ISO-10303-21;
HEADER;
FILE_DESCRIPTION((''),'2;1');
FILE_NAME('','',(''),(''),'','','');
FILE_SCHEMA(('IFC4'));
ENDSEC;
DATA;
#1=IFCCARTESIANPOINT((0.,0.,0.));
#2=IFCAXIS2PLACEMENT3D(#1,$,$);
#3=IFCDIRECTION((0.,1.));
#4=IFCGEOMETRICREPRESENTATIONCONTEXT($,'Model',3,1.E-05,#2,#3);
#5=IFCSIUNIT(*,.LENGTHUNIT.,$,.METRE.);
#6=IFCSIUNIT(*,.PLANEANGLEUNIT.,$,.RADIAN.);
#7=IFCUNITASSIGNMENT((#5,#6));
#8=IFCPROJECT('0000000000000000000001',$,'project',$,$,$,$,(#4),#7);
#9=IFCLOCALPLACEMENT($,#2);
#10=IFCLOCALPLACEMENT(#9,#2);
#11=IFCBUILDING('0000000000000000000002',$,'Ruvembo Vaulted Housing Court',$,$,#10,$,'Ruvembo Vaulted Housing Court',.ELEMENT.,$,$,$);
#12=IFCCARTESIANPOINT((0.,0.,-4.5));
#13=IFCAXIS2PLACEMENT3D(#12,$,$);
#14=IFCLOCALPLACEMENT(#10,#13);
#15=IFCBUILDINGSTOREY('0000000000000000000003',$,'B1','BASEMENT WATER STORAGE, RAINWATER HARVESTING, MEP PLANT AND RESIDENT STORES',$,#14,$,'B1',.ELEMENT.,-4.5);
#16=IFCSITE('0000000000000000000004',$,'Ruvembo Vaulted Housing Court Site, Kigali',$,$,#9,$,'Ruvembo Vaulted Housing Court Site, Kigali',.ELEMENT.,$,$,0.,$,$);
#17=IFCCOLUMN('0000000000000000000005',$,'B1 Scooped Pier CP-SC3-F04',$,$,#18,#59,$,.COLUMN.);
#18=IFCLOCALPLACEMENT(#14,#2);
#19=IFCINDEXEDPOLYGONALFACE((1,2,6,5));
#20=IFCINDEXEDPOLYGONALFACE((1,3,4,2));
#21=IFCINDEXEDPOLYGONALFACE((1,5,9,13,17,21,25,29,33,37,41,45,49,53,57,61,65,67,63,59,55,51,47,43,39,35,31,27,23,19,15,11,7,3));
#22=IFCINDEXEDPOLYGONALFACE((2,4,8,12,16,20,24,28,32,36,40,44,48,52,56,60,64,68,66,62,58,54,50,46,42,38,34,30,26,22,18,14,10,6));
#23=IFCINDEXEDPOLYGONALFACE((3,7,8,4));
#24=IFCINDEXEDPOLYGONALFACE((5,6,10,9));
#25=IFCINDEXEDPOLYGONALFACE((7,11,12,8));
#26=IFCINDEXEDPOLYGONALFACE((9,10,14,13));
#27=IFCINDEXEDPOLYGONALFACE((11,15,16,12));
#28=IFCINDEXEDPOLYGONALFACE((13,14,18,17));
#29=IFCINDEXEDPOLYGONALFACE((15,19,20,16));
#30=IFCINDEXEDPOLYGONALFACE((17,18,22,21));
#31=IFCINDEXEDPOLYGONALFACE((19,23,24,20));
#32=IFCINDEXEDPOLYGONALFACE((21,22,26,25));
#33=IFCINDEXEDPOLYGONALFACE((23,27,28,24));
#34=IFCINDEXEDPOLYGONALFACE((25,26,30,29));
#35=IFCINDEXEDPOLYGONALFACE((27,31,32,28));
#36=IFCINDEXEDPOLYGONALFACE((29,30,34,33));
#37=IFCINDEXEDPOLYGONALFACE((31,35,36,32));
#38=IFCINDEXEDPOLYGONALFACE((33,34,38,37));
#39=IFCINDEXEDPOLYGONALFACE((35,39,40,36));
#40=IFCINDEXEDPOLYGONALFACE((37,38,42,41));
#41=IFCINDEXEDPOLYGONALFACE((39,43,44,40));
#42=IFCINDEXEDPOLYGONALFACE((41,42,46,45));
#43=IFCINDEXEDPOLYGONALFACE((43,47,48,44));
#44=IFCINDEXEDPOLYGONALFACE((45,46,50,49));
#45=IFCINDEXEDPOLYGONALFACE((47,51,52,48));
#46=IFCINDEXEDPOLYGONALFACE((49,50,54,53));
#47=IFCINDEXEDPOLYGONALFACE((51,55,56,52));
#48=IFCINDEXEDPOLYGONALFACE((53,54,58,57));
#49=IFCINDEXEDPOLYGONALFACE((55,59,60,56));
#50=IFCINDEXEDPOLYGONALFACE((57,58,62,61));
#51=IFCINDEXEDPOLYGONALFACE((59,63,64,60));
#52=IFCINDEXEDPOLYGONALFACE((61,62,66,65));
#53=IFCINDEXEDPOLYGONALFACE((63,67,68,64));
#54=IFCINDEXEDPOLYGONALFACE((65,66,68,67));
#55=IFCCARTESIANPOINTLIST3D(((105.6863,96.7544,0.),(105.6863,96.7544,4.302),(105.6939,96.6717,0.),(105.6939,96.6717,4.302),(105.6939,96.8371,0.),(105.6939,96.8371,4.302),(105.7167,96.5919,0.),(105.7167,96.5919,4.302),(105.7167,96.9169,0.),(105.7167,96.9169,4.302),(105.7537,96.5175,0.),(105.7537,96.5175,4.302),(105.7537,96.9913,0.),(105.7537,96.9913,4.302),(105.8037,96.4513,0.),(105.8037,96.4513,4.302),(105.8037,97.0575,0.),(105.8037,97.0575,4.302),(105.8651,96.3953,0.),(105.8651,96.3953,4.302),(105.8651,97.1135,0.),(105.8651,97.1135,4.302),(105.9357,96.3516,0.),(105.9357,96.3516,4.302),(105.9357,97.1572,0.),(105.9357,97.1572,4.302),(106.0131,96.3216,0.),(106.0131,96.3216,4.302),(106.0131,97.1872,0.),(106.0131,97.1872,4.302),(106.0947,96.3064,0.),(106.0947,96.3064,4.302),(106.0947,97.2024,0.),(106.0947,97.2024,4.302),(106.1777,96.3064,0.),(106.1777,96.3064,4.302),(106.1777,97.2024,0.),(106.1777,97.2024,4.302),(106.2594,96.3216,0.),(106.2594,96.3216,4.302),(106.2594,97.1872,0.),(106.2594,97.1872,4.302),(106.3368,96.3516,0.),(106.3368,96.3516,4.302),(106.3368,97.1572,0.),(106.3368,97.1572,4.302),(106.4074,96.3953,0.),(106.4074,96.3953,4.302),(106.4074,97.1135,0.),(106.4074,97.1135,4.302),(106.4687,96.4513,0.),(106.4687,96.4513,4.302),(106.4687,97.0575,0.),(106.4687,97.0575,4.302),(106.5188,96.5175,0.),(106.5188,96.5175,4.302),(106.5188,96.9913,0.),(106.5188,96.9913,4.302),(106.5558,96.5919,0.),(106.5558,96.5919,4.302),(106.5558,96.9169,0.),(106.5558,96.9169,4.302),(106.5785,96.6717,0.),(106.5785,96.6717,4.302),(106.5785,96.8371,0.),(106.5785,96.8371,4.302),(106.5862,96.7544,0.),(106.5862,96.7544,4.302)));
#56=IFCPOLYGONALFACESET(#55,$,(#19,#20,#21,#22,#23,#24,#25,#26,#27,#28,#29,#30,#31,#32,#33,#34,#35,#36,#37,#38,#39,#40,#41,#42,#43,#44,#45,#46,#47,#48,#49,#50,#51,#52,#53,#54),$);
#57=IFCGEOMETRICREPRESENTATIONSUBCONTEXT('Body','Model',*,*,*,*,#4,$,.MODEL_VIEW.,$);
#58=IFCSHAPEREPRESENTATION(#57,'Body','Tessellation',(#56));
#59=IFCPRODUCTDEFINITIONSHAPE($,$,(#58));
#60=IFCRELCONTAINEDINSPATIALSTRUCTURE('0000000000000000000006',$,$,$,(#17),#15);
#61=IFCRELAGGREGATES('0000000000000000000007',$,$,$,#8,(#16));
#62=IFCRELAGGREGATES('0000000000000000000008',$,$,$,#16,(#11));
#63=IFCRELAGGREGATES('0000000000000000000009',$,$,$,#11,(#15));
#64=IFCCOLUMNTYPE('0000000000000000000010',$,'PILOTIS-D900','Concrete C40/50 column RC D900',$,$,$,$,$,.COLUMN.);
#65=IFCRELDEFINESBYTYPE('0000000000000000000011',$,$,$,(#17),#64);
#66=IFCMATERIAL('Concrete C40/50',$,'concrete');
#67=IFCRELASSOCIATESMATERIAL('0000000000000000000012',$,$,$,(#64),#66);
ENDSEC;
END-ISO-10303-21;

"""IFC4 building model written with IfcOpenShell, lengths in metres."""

from ifc_helpers import new_model, si_unit, direction, frame, origin, origin_2d, place, context, subcontext, project, spatial, circle, extrude, material, material_profile, profile_set, type_object, element, save


model = new_model("IFC4")

# Units and contexts
model_context = context("Model", 3, precision=1e-05, world=origin(), true_north=direction((0.0, 1.0)))
body_context = subcontext(model_context, "Body", "Model", "MODEL_VIEW")
ifc_project = project(units=[si_unit("LENGTHUNIT", "METRE"), si_unit("PLANEANGLEUNIT", "RADIAN")], contexts=[model_context])

# Site, building, storey
site_placement = place(None, origin())
site = spatial("IfcSite", under=ifc_project, at=site_placement, Name="Ruvembo Vaulted Housing Court Site, Kigali", LongName="Ruvembo Vaulted Housing Court Site, Kigali", CompositionType="ELEMENT", RefElevation=0.0)
building_placement = place(site_placement, origin())
building = spatial("IfcBuilding", under=site, at=building_placement, Name="Ruvembo Vaulted Housing Court", LongName="Ruvembo Vaulted Housing Court", CompositionType="ELEMENT")
storey_placement = place(building_placement, frame((0.0, 0.0, -4.5)))
storey = spatial("IfcBuildingStorey", under=building, at=storey_placement, Name="B1", Description="BASEMENT WATER STORAGE, RAINWATER HARVESTING, MEP PLANT AND RESIDENT STORES", LongName="B1", CompositionType="ELEMENT", Elevation=-4.5)

# Column
ifc_material_1 = material(Name="Concrete C40/50", Category="concrete")
ifc_material_profile_1 = material_profile(ifc_material_1, circle(Radius=0.45, at=origin_2d()), Name="RC D900")
ifc_profile_set_1 = profile_set([ifc_material_profile_1], Name="Concrete C40/50")
column_type_1 = type_object("IfcColumnType", Name="PILOTIS-D900", Description="Concrete C40/50 column RC D900", PredefinedType="COLUMN", material=ifc_profile_set_1)
for number, where, z_axis, x_axis, name in (
    (1, (106.1362, 96.7544, 0.0), (0.0, 0.0, 1.0), (1.0, 0.0, 0.0), "B1 Scooped Pier CP-SC3-F04"),
):
    element("IfcColumn", number, at=place(storey_placement, frame(where, z_axis=z_axis, x_axis=x_axis)), inside=storey, type_object=column_type_1, Name=name, PredefinedType="COLUMN", context=body_context, shape_type="SweptSolid", body=[
        extrude(circle(Radius=0.45, at=origin_2d()), origin(), (0.0, 0.0, 1.0), 4.302),
    ])

save(model, "model.ifc")
